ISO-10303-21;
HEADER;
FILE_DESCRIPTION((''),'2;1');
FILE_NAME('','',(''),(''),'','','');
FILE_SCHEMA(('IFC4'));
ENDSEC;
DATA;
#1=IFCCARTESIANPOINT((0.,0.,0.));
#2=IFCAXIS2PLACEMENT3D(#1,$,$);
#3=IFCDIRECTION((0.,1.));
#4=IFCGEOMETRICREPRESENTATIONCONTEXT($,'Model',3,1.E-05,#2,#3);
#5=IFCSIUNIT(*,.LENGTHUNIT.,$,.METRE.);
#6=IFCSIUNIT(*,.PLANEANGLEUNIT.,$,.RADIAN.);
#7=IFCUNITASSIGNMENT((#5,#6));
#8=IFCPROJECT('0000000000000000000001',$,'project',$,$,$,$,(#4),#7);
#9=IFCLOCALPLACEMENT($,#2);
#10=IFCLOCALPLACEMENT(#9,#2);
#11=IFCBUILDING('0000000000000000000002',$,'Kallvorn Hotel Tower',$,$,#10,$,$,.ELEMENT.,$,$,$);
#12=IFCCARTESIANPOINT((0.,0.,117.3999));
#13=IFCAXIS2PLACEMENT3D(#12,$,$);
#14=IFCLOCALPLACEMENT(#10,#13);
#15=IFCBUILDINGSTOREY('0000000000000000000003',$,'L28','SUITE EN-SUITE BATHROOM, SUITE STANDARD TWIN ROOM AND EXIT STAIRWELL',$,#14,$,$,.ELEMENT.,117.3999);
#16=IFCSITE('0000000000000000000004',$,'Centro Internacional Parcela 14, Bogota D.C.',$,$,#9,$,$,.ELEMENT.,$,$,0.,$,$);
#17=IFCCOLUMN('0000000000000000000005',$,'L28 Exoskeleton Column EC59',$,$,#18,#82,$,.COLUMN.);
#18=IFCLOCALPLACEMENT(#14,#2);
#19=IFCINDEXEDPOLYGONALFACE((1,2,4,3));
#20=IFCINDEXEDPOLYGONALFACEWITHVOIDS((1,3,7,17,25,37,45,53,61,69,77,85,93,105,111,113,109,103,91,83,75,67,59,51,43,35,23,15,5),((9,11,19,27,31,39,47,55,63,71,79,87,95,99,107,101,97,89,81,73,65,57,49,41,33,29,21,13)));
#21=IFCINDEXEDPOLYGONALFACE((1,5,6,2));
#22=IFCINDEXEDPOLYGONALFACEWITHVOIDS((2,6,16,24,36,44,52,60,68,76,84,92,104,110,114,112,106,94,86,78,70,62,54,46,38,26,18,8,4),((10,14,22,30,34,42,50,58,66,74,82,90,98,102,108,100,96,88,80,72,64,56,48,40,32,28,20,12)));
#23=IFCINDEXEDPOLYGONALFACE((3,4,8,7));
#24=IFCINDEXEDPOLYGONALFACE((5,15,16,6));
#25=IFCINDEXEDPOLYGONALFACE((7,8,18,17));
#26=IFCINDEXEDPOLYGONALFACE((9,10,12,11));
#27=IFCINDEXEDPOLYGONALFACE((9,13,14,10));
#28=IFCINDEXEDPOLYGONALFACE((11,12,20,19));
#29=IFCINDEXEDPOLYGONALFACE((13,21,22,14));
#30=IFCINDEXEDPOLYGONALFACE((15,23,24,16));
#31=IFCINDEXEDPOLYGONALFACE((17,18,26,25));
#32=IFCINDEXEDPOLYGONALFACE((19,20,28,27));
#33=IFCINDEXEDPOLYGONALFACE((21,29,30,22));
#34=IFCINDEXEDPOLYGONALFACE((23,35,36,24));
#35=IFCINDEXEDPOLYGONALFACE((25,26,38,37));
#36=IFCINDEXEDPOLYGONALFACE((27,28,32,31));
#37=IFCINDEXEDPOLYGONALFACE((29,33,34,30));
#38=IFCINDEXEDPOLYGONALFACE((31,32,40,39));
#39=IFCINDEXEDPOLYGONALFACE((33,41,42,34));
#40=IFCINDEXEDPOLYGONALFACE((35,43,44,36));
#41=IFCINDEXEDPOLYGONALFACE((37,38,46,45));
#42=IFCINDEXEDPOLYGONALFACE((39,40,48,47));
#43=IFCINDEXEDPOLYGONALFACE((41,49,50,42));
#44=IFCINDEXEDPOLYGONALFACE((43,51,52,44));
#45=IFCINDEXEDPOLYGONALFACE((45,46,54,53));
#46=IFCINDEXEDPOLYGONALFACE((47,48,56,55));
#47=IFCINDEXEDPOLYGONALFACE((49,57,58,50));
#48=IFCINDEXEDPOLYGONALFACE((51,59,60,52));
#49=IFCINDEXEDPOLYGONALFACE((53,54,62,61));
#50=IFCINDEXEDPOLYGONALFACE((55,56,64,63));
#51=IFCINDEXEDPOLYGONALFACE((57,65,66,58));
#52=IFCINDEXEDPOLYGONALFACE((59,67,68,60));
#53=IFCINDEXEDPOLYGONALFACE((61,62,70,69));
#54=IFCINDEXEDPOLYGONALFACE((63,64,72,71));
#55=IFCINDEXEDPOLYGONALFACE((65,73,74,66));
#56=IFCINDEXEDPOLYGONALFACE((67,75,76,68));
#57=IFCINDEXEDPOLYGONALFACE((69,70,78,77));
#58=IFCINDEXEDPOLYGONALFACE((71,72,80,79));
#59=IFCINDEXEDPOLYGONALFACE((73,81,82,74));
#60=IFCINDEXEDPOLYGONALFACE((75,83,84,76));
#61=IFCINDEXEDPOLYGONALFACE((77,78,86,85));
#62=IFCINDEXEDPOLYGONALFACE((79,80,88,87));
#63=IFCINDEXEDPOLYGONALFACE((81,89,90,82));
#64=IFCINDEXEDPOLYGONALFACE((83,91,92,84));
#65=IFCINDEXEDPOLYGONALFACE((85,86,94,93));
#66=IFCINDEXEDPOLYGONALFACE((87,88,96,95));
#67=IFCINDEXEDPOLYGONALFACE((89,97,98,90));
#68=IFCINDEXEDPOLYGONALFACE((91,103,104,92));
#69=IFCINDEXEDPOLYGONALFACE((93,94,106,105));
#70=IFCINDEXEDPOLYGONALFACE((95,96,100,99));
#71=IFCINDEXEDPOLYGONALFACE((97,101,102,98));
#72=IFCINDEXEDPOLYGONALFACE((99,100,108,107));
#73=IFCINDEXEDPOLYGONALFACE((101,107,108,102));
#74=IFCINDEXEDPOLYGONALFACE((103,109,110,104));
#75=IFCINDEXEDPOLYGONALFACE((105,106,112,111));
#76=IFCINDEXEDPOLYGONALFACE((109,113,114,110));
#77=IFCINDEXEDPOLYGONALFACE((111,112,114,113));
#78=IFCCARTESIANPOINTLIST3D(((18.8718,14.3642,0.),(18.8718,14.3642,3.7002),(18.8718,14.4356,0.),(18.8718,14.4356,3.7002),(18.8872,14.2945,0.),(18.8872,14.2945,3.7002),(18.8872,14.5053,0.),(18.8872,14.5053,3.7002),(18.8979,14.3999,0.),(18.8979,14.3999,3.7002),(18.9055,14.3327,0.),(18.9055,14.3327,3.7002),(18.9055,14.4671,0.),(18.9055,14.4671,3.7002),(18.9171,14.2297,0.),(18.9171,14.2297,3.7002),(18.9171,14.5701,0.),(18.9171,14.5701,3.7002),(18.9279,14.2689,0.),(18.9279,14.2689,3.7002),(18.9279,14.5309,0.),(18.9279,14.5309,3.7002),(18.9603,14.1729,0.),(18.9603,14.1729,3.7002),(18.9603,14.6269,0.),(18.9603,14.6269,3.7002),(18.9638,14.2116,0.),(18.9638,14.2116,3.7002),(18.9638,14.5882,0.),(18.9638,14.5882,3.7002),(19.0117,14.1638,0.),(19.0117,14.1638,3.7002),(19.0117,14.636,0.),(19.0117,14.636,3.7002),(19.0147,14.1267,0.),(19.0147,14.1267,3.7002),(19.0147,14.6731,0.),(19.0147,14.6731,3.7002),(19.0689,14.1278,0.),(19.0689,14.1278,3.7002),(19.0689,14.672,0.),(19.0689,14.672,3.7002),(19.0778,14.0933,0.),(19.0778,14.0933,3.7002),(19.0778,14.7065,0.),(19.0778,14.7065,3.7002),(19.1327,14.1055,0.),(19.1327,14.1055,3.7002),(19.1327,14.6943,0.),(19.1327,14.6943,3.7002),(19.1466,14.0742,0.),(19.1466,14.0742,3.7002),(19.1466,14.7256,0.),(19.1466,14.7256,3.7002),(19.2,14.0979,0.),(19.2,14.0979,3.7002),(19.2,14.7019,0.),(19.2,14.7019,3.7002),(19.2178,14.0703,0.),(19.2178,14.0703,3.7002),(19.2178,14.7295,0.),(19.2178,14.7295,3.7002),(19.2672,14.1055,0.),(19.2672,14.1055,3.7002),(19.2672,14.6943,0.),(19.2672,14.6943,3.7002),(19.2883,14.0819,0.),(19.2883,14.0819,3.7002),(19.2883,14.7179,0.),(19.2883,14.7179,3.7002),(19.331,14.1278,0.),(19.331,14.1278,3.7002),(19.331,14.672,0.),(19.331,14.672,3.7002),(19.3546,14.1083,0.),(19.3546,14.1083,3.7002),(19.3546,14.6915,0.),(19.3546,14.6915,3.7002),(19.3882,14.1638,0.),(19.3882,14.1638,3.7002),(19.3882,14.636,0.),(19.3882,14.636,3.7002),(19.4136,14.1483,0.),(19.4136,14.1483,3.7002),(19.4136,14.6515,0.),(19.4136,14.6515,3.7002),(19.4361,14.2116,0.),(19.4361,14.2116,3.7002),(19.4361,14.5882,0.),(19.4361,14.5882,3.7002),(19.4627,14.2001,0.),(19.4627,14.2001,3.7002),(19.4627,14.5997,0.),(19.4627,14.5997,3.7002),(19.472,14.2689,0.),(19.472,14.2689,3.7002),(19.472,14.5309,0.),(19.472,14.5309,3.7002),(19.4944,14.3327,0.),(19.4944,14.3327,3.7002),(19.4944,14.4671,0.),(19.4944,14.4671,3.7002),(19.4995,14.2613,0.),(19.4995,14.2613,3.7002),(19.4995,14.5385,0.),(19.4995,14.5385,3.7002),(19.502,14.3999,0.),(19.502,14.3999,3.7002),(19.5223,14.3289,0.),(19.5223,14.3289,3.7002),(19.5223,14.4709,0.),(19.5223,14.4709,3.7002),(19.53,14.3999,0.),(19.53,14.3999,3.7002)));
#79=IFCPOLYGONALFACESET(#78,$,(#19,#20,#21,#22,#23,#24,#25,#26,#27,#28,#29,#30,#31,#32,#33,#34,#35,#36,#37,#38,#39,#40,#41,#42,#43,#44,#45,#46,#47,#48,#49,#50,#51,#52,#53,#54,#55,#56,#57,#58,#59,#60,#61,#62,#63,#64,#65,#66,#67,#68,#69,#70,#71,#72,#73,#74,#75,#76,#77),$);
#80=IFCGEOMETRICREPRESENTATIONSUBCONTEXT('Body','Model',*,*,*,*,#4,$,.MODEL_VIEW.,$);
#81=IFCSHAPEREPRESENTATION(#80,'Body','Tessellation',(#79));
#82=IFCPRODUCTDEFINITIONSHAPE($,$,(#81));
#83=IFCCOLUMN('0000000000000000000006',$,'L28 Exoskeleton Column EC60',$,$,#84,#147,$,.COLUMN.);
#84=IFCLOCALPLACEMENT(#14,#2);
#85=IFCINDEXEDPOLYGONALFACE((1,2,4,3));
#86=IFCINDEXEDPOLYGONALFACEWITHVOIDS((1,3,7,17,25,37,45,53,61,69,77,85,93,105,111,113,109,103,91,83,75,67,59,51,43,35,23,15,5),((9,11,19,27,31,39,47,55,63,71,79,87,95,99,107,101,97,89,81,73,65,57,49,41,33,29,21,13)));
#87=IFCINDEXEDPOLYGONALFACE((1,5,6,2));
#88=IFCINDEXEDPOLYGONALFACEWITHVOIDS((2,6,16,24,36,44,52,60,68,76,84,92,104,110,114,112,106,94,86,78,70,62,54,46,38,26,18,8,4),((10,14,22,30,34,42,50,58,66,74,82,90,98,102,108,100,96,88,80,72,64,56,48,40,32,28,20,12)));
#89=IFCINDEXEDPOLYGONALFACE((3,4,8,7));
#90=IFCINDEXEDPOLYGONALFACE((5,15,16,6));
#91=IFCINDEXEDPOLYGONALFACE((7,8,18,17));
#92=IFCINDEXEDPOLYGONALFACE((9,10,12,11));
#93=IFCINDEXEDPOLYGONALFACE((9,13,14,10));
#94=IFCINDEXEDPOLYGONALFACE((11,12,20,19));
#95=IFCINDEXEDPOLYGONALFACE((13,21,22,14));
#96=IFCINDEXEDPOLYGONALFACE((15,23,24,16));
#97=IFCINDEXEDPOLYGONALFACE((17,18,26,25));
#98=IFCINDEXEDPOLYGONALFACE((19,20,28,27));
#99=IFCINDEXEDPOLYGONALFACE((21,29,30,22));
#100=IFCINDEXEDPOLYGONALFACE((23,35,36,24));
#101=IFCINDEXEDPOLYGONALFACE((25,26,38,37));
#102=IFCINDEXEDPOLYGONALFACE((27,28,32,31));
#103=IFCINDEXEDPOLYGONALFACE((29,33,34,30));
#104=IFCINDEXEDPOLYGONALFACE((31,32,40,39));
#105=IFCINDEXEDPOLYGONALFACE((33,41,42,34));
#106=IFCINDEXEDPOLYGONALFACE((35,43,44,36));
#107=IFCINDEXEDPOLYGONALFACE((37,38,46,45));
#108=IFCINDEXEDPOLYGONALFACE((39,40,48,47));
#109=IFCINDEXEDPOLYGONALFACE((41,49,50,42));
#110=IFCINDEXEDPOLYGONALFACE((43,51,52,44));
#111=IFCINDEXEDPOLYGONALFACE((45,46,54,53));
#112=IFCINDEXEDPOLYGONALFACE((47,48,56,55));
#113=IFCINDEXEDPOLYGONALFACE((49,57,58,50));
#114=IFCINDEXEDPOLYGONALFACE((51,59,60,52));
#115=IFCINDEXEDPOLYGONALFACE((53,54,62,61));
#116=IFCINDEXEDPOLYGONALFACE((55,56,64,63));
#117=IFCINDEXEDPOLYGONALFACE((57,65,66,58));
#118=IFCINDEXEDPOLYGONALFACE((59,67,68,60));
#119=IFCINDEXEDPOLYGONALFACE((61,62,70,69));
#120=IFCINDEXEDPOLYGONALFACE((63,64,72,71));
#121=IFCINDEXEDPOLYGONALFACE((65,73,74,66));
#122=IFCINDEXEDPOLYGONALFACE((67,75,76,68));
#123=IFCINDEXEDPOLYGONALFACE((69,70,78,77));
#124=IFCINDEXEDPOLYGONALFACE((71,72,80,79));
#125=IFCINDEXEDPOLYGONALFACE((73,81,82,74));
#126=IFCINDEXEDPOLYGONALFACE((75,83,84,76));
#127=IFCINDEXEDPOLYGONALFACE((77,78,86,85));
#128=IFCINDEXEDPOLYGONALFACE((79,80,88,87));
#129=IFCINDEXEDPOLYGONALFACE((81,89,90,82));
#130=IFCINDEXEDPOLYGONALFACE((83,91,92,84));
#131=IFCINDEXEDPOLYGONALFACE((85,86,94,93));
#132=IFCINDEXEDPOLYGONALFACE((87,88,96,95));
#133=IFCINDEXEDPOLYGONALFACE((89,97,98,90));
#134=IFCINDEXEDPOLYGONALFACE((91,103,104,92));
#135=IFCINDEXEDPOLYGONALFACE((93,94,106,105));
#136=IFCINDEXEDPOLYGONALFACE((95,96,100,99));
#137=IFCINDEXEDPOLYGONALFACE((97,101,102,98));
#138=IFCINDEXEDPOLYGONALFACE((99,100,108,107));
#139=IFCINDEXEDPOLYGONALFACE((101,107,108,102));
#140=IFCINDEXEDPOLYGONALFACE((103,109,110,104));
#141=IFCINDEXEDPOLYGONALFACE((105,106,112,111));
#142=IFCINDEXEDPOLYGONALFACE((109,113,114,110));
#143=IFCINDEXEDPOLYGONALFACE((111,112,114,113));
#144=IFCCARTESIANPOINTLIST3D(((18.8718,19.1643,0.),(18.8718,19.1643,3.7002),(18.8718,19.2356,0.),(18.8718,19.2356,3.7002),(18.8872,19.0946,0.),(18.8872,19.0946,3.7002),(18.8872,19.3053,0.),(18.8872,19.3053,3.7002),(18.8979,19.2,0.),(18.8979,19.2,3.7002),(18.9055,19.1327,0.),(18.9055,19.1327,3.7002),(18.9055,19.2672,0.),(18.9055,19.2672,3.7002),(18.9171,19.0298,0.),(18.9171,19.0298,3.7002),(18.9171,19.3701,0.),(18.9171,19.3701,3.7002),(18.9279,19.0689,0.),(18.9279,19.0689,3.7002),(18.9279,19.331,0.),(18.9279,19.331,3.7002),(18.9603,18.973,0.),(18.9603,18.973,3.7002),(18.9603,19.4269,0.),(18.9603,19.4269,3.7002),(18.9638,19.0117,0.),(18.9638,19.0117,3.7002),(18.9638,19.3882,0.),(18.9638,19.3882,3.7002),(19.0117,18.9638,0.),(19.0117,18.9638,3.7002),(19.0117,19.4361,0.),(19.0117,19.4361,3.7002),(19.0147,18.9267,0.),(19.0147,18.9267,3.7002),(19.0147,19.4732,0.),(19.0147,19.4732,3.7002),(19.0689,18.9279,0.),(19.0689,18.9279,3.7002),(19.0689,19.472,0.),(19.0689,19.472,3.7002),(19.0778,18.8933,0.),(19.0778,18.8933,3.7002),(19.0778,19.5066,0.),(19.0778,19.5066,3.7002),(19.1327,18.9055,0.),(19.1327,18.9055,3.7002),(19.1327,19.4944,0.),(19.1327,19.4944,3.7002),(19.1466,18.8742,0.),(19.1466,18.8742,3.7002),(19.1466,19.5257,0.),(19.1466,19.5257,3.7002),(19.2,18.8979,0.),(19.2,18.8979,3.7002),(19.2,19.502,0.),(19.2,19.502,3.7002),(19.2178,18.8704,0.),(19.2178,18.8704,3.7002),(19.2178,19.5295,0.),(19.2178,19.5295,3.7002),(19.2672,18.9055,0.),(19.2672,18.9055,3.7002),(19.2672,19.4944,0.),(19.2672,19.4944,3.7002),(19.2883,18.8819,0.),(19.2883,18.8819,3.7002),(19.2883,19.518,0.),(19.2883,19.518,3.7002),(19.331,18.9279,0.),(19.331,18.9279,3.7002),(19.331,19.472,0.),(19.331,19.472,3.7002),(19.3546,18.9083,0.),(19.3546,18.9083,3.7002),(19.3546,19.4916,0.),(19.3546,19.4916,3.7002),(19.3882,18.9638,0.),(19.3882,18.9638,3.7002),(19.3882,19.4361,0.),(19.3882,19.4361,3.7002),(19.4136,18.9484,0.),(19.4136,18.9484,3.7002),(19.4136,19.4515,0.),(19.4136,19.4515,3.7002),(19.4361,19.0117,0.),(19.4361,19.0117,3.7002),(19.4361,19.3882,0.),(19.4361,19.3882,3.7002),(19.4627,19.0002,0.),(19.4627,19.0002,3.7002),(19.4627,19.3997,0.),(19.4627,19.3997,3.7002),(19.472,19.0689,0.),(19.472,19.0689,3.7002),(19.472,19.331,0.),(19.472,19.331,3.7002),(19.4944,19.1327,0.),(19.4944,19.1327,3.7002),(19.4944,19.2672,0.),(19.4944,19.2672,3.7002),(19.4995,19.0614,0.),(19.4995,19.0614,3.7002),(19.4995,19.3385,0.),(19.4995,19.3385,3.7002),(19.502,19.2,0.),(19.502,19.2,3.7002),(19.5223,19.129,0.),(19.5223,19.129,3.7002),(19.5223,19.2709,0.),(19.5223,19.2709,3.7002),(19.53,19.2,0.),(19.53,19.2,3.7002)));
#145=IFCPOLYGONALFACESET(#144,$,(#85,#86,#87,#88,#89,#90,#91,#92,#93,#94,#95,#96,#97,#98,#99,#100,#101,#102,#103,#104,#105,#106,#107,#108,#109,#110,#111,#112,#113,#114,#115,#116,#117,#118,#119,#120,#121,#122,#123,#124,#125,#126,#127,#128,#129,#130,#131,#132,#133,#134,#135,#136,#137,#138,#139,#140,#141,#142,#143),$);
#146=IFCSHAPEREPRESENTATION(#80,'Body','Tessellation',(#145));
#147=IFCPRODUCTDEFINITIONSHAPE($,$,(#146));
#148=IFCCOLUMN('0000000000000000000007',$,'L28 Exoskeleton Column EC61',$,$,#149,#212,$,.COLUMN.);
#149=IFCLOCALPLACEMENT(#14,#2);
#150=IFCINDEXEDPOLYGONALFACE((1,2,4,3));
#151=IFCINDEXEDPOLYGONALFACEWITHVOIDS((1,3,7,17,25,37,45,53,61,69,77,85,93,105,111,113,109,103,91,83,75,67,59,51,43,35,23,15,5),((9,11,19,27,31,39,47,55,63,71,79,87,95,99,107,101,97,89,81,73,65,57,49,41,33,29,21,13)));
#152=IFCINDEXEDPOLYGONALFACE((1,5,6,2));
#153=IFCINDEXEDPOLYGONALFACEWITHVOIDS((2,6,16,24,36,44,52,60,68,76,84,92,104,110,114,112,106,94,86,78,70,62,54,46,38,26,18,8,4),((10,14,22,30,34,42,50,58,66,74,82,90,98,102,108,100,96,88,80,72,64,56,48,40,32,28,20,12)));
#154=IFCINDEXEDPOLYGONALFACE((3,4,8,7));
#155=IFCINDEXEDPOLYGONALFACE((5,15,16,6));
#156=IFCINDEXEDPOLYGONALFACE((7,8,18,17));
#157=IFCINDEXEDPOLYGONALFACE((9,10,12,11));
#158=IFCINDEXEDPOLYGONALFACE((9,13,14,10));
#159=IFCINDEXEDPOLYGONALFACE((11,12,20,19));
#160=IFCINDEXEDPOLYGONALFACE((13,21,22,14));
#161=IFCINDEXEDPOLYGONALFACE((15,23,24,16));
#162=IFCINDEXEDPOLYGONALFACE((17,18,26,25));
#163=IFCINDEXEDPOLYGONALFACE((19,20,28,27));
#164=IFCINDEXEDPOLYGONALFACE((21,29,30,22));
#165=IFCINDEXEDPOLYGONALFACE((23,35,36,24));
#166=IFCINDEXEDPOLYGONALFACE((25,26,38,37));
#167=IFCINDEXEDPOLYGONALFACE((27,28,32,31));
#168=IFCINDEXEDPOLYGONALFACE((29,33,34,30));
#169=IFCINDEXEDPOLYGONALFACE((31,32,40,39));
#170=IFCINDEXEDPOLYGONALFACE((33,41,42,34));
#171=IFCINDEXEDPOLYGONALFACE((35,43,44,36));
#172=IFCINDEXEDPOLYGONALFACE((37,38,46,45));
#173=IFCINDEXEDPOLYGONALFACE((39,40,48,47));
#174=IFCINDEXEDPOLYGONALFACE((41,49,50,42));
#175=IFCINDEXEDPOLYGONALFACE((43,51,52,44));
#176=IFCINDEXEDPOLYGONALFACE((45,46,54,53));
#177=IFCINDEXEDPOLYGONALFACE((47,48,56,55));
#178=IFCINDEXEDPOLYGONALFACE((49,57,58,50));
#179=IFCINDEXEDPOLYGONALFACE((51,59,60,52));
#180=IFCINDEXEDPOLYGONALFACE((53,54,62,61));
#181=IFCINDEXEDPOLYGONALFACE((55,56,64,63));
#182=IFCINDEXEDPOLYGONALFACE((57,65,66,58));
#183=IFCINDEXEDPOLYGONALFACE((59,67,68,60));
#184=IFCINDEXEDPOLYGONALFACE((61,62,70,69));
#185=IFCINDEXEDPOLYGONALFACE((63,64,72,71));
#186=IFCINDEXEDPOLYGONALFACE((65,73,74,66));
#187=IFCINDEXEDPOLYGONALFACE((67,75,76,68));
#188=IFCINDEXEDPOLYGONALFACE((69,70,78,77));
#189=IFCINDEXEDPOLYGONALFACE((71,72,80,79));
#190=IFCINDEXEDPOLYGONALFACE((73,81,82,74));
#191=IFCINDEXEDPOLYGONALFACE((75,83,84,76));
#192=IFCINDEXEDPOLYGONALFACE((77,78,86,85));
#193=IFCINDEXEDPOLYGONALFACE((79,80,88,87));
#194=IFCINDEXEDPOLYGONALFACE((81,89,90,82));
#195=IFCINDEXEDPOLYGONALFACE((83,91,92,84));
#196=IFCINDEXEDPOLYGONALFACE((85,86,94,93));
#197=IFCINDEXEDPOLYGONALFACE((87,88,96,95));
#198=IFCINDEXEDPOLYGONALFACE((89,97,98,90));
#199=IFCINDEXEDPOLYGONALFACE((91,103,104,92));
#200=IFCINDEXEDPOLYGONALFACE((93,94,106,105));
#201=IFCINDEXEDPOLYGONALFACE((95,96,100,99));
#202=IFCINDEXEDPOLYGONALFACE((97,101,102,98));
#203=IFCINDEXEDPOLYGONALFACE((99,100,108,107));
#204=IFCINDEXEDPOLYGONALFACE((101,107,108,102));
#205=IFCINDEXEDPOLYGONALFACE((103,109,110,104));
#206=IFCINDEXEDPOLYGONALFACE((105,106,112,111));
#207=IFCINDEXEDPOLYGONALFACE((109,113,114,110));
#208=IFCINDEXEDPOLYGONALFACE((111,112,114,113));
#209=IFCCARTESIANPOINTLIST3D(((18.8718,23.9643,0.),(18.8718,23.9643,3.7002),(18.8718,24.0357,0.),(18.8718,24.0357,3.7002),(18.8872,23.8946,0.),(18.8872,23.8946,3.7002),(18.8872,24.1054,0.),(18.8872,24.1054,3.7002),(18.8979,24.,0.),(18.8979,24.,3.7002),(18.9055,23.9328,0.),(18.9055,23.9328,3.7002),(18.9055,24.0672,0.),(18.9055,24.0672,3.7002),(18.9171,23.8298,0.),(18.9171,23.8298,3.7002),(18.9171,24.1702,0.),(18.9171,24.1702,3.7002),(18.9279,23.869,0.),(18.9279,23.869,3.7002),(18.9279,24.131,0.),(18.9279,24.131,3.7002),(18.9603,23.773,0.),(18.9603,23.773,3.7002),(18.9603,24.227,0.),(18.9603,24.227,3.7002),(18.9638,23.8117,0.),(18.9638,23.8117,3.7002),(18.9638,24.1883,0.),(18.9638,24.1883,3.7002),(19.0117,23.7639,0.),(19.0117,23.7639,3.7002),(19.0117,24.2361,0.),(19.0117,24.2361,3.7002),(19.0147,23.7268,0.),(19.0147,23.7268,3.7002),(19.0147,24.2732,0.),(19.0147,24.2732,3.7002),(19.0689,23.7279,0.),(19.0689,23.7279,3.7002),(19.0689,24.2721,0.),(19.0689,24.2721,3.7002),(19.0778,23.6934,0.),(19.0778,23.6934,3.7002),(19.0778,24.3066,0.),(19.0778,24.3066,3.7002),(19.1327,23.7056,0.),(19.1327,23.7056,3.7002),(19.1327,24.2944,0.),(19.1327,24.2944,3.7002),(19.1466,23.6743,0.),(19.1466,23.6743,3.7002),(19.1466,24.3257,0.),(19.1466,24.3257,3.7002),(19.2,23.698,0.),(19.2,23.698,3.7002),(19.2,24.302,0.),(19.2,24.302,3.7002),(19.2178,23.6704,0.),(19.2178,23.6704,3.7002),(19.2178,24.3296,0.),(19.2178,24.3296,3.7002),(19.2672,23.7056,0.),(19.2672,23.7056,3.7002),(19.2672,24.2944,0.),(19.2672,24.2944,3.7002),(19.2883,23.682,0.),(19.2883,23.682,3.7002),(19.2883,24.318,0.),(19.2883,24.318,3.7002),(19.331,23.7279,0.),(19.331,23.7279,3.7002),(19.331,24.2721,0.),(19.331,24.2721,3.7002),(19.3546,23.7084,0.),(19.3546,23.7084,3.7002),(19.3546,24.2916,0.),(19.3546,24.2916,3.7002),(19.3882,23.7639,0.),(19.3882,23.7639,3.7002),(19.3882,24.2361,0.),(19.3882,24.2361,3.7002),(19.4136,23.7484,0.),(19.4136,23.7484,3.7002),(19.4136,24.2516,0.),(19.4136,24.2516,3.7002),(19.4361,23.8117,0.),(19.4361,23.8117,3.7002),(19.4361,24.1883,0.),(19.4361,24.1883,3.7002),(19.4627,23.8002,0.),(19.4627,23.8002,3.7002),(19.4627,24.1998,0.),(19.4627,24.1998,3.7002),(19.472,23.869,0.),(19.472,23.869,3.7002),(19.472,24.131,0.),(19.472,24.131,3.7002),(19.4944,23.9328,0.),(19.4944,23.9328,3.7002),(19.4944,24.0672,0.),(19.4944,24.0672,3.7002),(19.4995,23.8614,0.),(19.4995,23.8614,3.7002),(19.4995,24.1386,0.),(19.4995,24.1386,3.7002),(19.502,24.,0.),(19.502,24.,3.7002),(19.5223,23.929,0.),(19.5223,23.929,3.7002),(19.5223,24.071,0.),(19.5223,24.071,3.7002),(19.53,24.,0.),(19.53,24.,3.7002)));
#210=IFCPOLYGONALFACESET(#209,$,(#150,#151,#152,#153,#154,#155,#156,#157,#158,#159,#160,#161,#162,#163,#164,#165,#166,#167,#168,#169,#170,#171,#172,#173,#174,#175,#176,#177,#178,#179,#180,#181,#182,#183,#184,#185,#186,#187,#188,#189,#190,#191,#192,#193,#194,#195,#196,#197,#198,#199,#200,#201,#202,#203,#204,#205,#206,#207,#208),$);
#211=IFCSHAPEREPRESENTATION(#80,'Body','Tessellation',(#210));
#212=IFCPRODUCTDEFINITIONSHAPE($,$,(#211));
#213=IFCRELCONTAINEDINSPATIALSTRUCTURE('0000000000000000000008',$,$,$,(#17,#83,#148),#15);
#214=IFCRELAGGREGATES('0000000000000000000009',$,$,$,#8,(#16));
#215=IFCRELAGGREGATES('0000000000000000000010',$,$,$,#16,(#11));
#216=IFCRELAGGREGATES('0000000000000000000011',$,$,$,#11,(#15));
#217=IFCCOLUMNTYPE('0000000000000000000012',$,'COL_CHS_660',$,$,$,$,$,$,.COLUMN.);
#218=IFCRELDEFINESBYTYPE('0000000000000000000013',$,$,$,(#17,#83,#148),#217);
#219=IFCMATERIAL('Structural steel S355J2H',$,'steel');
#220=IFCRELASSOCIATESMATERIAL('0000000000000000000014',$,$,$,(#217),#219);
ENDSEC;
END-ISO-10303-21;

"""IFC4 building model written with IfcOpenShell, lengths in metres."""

from ifc_helpers import new_model, si_unit, direction, frame, origin, origin_2d, place, context, subcontext, project, spatial, hollow_circle, extrude, material, material_profile, profile_set, type_object, element, save


model = new_model("IFC4")

# Units and contexts
model_context = context("Model", 3, precision=1e-05, world=origin(), true_north=direction((0.0, 1.0)))
body_context = subcontext(model_context, "Body", "Model", "MODEL_VIEW")
ifc_project = project(units=[si_unit("LENGTHUNIT", "METRE"), si_unit("PLANEANGLEUNIT", "RADIAN")], contexts=[model_context])

# Site, building, storey
site_placement = place(None, origin())
site = spatial("IfcSite", under=ifc_project, at=site_placement, Name="Centro Internacional Parcela 14, Bogota D.C.", CompositionType="ELEMENT", RefElevation=0.0)
building_placement = place(site_placement, origin())
building = spatial("IfcBuilding", under=site, at=building_placement, Name="Kallvorn Hotel Tower", CompositionType="ELEMENT")
storey_placement = place(building_placement, frame((0.0, 0.0, 117.3999)))
storey = spatial("IfcBuildingStorey", under=building, at=storey_placement, Name="L28", Description="SUITE EN-SUITE BATHROOM, SUITE STANDARD TWIN ROOM AND EXIT STAIRWELL", CompositionType="ELEMENT", Elevation=117.3999)

# Columns
ifc_material_1 = material(Name="Structural steel S355J2H", Category="steel")
ifc_material_profile_1 = material_profile(ifc_material_1, hollow_circle(Radius=0.3301, WallThickness=0.0281, at=origin_2d()), Name="CHS 660x28")
ifc_profile_set_1 = profile_set([ifc_material_profile_1], Name="Structural steel S355J2H")
column_type_1 = type_object("IfcColumnType", Name="COL_CHS_660", PredefinedType="COLUMN", material=ifc_profile_set_1)
for number, where, z_axis, x_axis, name in (
    (1, (19.2, 14.3999, 0.0), (0.0, 0.0, 1.0), (1.0, 0.0, 0.0), "L28 Exoskeleton Column EC59"),
    (2, (19.2, 19.2, 0.0), (0.0, 0.0, 1.0), (1.0, 0.0, 0.0), "L28 Exoskeleton Column EC60"),
    (3, (19.2, 24.0, 0.0), (0.0, 0.0, 1.0), (1.0, 0.0, 0.0), "L28 Exoskeleton Column EC61"),
):
    element("IfcColumn", number, at=place(storey_placement, frame(where, z_axis=z_axis, x_axis=x_axis)), inside=storey, type_object=column_type_1, Name=name, PredefinedType="COLUMN", context=body_context, shape_type="SweptSolid", body=[
        extrude(hollow_circle(Radius=0.3301, WallThickness=0.0281, at=origin_2d()), origin(), (0.0, 0.0, 1.0), 3.7002),
    ])

save(model, "model.ifc")
